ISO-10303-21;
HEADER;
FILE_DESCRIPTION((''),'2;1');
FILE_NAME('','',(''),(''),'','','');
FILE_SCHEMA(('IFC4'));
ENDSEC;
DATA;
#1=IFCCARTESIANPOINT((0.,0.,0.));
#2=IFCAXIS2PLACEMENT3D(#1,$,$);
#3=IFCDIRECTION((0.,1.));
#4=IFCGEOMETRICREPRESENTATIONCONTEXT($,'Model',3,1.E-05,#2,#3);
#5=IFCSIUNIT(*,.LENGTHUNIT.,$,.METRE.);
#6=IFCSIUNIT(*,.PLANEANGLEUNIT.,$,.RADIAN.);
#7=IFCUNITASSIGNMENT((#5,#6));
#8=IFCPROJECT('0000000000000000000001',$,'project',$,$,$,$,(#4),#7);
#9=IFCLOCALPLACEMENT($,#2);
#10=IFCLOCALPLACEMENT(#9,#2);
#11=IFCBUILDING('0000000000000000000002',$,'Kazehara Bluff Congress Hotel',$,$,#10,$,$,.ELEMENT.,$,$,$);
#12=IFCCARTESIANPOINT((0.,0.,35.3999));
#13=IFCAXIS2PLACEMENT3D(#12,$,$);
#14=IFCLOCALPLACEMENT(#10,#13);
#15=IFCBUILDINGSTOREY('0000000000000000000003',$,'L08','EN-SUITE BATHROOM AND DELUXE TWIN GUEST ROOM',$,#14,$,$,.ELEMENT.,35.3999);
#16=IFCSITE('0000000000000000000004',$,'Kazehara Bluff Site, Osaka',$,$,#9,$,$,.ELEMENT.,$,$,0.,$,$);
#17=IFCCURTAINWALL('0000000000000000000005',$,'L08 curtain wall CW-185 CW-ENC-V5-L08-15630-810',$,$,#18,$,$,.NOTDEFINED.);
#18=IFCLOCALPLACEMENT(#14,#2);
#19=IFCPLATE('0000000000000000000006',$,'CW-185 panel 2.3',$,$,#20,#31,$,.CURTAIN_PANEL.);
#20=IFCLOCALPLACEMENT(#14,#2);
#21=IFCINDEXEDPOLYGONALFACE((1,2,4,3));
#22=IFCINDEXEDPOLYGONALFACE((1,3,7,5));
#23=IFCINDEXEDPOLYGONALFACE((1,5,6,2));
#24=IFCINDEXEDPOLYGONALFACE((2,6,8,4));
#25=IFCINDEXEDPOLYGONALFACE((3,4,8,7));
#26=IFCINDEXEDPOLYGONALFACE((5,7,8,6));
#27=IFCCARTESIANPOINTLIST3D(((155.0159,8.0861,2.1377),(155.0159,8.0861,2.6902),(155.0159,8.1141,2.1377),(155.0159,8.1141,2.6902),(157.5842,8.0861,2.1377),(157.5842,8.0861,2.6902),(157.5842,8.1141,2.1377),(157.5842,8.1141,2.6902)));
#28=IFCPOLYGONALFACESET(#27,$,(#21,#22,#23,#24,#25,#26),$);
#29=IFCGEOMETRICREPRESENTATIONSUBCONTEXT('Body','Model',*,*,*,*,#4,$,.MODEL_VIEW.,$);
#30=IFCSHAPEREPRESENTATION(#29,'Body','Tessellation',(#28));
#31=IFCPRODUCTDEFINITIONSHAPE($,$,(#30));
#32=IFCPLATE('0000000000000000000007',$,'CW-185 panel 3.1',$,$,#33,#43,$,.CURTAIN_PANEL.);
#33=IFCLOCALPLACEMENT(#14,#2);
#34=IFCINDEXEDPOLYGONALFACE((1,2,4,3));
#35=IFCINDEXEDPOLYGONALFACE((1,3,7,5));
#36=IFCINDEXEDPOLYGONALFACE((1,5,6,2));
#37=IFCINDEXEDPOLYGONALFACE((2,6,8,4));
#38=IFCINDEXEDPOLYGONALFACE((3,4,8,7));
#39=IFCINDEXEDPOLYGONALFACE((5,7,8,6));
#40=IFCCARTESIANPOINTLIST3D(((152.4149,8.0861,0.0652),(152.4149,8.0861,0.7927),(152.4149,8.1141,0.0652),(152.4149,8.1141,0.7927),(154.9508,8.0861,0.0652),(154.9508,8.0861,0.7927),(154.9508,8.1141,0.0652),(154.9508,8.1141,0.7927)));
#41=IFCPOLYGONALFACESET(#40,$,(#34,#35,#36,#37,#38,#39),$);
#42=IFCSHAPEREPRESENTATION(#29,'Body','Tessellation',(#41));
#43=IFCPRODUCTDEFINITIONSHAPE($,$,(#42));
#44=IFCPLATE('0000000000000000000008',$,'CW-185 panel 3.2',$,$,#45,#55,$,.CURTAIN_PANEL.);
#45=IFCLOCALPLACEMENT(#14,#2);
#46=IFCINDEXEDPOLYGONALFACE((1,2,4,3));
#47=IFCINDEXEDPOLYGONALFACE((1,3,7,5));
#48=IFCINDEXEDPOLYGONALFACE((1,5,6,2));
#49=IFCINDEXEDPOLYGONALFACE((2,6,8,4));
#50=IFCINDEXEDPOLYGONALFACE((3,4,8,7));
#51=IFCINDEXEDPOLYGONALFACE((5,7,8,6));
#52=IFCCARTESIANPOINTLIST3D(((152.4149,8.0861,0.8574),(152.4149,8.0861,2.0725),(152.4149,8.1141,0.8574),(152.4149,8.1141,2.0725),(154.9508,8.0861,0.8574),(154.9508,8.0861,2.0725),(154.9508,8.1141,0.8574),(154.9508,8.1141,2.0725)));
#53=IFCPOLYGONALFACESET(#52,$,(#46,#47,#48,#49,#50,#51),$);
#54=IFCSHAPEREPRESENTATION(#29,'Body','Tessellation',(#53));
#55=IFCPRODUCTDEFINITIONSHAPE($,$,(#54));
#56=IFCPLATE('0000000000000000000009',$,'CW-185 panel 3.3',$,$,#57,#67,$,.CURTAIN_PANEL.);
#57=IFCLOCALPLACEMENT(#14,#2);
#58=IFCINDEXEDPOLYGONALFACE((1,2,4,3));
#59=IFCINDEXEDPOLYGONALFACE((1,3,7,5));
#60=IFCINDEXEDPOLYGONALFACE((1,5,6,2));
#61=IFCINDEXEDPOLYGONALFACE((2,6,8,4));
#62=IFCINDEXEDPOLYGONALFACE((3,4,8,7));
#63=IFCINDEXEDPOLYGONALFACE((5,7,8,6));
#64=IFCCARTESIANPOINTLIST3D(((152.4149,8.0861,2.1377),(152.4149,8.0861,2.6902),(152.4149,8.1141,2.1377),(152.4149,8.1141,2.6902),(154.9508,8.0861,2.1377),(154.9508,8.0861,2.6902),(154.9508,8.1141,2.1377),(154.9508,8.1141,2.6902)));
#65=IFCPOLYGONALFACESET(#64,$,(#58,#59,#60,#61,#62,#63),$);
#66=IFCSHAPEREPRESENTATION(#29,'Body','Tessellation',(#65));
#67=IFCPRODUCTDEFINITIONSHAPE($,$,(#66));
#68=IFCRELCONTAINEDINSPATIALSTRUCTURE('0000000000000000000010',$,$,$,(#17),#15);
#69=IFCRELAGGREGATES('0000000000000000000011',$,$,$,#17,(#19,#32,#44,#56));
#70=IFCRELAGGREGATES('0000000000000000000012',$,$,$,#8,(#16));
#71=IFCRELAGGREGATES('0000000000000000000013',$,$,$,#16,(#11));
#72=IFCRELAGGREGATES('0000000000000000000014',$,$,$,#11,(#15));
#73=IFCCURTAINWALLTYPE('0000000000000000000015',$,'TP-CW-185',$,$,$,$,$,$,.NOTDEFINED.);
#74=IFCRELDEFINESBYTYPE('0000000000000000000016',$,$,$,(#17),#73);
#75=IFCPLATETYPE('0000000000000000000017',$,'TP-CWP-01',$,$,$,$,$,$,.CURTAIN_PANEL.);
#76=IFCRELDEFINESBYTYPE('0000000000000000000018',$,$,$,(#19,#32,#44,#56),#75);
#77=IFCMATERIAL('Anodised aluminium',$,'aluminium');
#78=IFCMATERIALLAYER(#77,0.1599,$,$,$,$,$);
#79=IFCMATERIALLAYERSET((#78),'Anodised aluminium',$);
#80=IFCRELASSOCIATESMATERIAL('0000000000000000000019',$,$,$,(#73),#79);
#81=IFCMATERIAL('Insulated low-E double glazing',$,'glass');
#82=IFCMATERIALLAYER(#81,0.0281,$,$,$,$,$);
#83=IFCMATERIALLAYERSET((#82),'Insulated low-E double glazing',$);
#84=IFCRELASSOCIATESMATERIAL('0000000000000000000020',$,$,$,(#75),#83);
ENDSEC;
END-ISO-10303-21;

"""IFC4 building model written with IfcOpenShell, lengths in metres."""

from ifc_helpers import new_model, si_unit, direction, frame, origin, origin_2d, place, context, subcontext, project, spatial, rectangle, extrude, material, layer, layer_set, type_object, element, aggregate, save


model = new_model("IFC4")

# Units and contexts
model_context = context("Model", 3, precision=1e-05, world=origin(), true_north=direction((0.0, 1.0)))
body_context = subcontext(model_context, "Body", "Model", "MODEL_VIEW")
ifc_project = project(units=[si_unit("LENGTHUNIT", "METRE"), si_unit("PLANEANGLEUNIT", "RADIAN")], contexts=[model_context])

# Site, building, storey
site_placement = place(None, origin())
site = spatial("IfcSite", under=ifc_project, at=site_placement, Name="Kazehara Bluff Site, Osaka", CompositionType="ELEMENT", RefElevation=0.0)
building_placement = place(site_placement, origin())
building = spatial("IfcBuilding", under=site, at=building_placement, Name="Kazehara Bluff Congress Hotel", CompositionType="ELEMENT")
storey_placement = place(building_placement, frame((0.0, 0.0, 35.3999)))
storey = spatial("IfcBuildingStorey", under=building, at=storey_placement, Name="L08", Description="EN-SUITE BATHROOM AND DELUXE TWIN GUEST ROOM", CompositionType="ELEMENT", Elevation=35.3999)

# Curtain wall
ifc_material_1 = material(Name="Anodised aluminium", Category="aluminium")
ifc_layer_1 = layer(ifc_material_1, 0.1599)
ifc_layer_set_1 = layer_set([ifc_layer_1], Name="Anodised aluminium")
curtain_wall_type = type_object("IfcCurtainWallType", Name="TP-CW-185", PredefinedType="NOTDEFINED", material=ifc_layer_set_1)
curtain_wall_placement = place(storey_placement, origin())
curtain_wall = element("IfcCurtainWall", 1, at=curtain_wall_placement, inside=storey, type_object=curtain_wall_type, Name="L08 curtain wall CW-185 CW-ENC-V5-L08-15630-810", PredefinedType="NOTDEFINED")

# Plates
ifc_material_2 = material(Name="Insulated low-E double glazing", Category="glass")
ifc_layer_2 = layer(ifc_material_2, 0.0281)
ifc_layer_set_2 = layer_set([ifc_layer_2], Name="Insulated low-E double glazing")
plate_type = type_object("IfcPlateType", Name="TP-CWP-01", PredefinedType="CURTAIN_PANEL", material=ifc_layer_set_2)
plate_1_placement = place(storey_placement, frame((156.3, 8.1001, 2.1377), z_axis=(0.0, 0.0, 1.0), x_axis=(-1.0, 0.0, 0.0)))
plate_1 = element("IfcPlate", 2, at=plate_1_placement, type_object=plate_type, Name="CW-185 panel 2.3", PredefinedType="CURTAIN_PANEL", context=body_context, shape_type="SweptSolid", body=[
    extrude(rectangle(XDim=2.5684, YDim=0.0281, at=origin_2d()), origin(), (0.0, 0.0, 1.0), 0.5525),
])
plate_2_placement = place(storey_placement, frame((153.6829, 8.1001, 0.0652), z_axis=(0.0, 0.0, 1.0), x_axis=(-1.0, 0.0, 0.0)))
plate_2 = element("IfcPlate", 3, at=plate_2_placement, type_object=plate_type, Name="CW-185 panel 3.1", PredefinedType="CURTAIN_PANEL", context=body_context, shape_type="SweptSolid", body=[
    extrude(rectangle(XDim=2.5359, YDim=0.0281, at=origin_2d()), origin(), (0.0, 0.0, 1.0), 0.7275),
])
plate_3_placement = place(storey_placement, frame((153.6829, 8.1001, 0.8574), z_axis=(0.0, 0.0, 1.0), x_axis=(-1.0, 0.0, 0.0)))
plate_3 = element("IfcPlate", 4, at=plate_3_placement, type_object=plate_type, Name="CW-185 panel 3.2", PredefinedType="CURTAIN_PANEL", context=body_context, shape_type="SweptSolid", body=[
    extrude(rectangle(XDim=2.5359, YDim=0.0281, at=origin_2d()), origin(), (0.0, 0.0, 1.0), 1.2151),
])
plate_4_placement = place(storey_placement, frame((153.6829, 8.1001, 2.1377), z_axis=(0.0, 0.0, 1.0), x_axis=(-1.0, 0.0, 0.0)))
plate_4 = element("IfcPlate", 5, at=plate_4_placement, type_object=plate_type, Name="CW-185 panel 3.3", PredefinedType="CURTAIN_PANEL", context=body_context, shape_type="SweptSolid", body=[
    extrude(rectangle(XDim=2.5359, YDim=0.0281, at=origin_2d()), origin(), (0.0, 0.0, 1.0), 0.5525),
])
aggregate(curtain_wall, [plate_1, plate_2, plate_3, plate_4])

save(model, "model.ifc")
